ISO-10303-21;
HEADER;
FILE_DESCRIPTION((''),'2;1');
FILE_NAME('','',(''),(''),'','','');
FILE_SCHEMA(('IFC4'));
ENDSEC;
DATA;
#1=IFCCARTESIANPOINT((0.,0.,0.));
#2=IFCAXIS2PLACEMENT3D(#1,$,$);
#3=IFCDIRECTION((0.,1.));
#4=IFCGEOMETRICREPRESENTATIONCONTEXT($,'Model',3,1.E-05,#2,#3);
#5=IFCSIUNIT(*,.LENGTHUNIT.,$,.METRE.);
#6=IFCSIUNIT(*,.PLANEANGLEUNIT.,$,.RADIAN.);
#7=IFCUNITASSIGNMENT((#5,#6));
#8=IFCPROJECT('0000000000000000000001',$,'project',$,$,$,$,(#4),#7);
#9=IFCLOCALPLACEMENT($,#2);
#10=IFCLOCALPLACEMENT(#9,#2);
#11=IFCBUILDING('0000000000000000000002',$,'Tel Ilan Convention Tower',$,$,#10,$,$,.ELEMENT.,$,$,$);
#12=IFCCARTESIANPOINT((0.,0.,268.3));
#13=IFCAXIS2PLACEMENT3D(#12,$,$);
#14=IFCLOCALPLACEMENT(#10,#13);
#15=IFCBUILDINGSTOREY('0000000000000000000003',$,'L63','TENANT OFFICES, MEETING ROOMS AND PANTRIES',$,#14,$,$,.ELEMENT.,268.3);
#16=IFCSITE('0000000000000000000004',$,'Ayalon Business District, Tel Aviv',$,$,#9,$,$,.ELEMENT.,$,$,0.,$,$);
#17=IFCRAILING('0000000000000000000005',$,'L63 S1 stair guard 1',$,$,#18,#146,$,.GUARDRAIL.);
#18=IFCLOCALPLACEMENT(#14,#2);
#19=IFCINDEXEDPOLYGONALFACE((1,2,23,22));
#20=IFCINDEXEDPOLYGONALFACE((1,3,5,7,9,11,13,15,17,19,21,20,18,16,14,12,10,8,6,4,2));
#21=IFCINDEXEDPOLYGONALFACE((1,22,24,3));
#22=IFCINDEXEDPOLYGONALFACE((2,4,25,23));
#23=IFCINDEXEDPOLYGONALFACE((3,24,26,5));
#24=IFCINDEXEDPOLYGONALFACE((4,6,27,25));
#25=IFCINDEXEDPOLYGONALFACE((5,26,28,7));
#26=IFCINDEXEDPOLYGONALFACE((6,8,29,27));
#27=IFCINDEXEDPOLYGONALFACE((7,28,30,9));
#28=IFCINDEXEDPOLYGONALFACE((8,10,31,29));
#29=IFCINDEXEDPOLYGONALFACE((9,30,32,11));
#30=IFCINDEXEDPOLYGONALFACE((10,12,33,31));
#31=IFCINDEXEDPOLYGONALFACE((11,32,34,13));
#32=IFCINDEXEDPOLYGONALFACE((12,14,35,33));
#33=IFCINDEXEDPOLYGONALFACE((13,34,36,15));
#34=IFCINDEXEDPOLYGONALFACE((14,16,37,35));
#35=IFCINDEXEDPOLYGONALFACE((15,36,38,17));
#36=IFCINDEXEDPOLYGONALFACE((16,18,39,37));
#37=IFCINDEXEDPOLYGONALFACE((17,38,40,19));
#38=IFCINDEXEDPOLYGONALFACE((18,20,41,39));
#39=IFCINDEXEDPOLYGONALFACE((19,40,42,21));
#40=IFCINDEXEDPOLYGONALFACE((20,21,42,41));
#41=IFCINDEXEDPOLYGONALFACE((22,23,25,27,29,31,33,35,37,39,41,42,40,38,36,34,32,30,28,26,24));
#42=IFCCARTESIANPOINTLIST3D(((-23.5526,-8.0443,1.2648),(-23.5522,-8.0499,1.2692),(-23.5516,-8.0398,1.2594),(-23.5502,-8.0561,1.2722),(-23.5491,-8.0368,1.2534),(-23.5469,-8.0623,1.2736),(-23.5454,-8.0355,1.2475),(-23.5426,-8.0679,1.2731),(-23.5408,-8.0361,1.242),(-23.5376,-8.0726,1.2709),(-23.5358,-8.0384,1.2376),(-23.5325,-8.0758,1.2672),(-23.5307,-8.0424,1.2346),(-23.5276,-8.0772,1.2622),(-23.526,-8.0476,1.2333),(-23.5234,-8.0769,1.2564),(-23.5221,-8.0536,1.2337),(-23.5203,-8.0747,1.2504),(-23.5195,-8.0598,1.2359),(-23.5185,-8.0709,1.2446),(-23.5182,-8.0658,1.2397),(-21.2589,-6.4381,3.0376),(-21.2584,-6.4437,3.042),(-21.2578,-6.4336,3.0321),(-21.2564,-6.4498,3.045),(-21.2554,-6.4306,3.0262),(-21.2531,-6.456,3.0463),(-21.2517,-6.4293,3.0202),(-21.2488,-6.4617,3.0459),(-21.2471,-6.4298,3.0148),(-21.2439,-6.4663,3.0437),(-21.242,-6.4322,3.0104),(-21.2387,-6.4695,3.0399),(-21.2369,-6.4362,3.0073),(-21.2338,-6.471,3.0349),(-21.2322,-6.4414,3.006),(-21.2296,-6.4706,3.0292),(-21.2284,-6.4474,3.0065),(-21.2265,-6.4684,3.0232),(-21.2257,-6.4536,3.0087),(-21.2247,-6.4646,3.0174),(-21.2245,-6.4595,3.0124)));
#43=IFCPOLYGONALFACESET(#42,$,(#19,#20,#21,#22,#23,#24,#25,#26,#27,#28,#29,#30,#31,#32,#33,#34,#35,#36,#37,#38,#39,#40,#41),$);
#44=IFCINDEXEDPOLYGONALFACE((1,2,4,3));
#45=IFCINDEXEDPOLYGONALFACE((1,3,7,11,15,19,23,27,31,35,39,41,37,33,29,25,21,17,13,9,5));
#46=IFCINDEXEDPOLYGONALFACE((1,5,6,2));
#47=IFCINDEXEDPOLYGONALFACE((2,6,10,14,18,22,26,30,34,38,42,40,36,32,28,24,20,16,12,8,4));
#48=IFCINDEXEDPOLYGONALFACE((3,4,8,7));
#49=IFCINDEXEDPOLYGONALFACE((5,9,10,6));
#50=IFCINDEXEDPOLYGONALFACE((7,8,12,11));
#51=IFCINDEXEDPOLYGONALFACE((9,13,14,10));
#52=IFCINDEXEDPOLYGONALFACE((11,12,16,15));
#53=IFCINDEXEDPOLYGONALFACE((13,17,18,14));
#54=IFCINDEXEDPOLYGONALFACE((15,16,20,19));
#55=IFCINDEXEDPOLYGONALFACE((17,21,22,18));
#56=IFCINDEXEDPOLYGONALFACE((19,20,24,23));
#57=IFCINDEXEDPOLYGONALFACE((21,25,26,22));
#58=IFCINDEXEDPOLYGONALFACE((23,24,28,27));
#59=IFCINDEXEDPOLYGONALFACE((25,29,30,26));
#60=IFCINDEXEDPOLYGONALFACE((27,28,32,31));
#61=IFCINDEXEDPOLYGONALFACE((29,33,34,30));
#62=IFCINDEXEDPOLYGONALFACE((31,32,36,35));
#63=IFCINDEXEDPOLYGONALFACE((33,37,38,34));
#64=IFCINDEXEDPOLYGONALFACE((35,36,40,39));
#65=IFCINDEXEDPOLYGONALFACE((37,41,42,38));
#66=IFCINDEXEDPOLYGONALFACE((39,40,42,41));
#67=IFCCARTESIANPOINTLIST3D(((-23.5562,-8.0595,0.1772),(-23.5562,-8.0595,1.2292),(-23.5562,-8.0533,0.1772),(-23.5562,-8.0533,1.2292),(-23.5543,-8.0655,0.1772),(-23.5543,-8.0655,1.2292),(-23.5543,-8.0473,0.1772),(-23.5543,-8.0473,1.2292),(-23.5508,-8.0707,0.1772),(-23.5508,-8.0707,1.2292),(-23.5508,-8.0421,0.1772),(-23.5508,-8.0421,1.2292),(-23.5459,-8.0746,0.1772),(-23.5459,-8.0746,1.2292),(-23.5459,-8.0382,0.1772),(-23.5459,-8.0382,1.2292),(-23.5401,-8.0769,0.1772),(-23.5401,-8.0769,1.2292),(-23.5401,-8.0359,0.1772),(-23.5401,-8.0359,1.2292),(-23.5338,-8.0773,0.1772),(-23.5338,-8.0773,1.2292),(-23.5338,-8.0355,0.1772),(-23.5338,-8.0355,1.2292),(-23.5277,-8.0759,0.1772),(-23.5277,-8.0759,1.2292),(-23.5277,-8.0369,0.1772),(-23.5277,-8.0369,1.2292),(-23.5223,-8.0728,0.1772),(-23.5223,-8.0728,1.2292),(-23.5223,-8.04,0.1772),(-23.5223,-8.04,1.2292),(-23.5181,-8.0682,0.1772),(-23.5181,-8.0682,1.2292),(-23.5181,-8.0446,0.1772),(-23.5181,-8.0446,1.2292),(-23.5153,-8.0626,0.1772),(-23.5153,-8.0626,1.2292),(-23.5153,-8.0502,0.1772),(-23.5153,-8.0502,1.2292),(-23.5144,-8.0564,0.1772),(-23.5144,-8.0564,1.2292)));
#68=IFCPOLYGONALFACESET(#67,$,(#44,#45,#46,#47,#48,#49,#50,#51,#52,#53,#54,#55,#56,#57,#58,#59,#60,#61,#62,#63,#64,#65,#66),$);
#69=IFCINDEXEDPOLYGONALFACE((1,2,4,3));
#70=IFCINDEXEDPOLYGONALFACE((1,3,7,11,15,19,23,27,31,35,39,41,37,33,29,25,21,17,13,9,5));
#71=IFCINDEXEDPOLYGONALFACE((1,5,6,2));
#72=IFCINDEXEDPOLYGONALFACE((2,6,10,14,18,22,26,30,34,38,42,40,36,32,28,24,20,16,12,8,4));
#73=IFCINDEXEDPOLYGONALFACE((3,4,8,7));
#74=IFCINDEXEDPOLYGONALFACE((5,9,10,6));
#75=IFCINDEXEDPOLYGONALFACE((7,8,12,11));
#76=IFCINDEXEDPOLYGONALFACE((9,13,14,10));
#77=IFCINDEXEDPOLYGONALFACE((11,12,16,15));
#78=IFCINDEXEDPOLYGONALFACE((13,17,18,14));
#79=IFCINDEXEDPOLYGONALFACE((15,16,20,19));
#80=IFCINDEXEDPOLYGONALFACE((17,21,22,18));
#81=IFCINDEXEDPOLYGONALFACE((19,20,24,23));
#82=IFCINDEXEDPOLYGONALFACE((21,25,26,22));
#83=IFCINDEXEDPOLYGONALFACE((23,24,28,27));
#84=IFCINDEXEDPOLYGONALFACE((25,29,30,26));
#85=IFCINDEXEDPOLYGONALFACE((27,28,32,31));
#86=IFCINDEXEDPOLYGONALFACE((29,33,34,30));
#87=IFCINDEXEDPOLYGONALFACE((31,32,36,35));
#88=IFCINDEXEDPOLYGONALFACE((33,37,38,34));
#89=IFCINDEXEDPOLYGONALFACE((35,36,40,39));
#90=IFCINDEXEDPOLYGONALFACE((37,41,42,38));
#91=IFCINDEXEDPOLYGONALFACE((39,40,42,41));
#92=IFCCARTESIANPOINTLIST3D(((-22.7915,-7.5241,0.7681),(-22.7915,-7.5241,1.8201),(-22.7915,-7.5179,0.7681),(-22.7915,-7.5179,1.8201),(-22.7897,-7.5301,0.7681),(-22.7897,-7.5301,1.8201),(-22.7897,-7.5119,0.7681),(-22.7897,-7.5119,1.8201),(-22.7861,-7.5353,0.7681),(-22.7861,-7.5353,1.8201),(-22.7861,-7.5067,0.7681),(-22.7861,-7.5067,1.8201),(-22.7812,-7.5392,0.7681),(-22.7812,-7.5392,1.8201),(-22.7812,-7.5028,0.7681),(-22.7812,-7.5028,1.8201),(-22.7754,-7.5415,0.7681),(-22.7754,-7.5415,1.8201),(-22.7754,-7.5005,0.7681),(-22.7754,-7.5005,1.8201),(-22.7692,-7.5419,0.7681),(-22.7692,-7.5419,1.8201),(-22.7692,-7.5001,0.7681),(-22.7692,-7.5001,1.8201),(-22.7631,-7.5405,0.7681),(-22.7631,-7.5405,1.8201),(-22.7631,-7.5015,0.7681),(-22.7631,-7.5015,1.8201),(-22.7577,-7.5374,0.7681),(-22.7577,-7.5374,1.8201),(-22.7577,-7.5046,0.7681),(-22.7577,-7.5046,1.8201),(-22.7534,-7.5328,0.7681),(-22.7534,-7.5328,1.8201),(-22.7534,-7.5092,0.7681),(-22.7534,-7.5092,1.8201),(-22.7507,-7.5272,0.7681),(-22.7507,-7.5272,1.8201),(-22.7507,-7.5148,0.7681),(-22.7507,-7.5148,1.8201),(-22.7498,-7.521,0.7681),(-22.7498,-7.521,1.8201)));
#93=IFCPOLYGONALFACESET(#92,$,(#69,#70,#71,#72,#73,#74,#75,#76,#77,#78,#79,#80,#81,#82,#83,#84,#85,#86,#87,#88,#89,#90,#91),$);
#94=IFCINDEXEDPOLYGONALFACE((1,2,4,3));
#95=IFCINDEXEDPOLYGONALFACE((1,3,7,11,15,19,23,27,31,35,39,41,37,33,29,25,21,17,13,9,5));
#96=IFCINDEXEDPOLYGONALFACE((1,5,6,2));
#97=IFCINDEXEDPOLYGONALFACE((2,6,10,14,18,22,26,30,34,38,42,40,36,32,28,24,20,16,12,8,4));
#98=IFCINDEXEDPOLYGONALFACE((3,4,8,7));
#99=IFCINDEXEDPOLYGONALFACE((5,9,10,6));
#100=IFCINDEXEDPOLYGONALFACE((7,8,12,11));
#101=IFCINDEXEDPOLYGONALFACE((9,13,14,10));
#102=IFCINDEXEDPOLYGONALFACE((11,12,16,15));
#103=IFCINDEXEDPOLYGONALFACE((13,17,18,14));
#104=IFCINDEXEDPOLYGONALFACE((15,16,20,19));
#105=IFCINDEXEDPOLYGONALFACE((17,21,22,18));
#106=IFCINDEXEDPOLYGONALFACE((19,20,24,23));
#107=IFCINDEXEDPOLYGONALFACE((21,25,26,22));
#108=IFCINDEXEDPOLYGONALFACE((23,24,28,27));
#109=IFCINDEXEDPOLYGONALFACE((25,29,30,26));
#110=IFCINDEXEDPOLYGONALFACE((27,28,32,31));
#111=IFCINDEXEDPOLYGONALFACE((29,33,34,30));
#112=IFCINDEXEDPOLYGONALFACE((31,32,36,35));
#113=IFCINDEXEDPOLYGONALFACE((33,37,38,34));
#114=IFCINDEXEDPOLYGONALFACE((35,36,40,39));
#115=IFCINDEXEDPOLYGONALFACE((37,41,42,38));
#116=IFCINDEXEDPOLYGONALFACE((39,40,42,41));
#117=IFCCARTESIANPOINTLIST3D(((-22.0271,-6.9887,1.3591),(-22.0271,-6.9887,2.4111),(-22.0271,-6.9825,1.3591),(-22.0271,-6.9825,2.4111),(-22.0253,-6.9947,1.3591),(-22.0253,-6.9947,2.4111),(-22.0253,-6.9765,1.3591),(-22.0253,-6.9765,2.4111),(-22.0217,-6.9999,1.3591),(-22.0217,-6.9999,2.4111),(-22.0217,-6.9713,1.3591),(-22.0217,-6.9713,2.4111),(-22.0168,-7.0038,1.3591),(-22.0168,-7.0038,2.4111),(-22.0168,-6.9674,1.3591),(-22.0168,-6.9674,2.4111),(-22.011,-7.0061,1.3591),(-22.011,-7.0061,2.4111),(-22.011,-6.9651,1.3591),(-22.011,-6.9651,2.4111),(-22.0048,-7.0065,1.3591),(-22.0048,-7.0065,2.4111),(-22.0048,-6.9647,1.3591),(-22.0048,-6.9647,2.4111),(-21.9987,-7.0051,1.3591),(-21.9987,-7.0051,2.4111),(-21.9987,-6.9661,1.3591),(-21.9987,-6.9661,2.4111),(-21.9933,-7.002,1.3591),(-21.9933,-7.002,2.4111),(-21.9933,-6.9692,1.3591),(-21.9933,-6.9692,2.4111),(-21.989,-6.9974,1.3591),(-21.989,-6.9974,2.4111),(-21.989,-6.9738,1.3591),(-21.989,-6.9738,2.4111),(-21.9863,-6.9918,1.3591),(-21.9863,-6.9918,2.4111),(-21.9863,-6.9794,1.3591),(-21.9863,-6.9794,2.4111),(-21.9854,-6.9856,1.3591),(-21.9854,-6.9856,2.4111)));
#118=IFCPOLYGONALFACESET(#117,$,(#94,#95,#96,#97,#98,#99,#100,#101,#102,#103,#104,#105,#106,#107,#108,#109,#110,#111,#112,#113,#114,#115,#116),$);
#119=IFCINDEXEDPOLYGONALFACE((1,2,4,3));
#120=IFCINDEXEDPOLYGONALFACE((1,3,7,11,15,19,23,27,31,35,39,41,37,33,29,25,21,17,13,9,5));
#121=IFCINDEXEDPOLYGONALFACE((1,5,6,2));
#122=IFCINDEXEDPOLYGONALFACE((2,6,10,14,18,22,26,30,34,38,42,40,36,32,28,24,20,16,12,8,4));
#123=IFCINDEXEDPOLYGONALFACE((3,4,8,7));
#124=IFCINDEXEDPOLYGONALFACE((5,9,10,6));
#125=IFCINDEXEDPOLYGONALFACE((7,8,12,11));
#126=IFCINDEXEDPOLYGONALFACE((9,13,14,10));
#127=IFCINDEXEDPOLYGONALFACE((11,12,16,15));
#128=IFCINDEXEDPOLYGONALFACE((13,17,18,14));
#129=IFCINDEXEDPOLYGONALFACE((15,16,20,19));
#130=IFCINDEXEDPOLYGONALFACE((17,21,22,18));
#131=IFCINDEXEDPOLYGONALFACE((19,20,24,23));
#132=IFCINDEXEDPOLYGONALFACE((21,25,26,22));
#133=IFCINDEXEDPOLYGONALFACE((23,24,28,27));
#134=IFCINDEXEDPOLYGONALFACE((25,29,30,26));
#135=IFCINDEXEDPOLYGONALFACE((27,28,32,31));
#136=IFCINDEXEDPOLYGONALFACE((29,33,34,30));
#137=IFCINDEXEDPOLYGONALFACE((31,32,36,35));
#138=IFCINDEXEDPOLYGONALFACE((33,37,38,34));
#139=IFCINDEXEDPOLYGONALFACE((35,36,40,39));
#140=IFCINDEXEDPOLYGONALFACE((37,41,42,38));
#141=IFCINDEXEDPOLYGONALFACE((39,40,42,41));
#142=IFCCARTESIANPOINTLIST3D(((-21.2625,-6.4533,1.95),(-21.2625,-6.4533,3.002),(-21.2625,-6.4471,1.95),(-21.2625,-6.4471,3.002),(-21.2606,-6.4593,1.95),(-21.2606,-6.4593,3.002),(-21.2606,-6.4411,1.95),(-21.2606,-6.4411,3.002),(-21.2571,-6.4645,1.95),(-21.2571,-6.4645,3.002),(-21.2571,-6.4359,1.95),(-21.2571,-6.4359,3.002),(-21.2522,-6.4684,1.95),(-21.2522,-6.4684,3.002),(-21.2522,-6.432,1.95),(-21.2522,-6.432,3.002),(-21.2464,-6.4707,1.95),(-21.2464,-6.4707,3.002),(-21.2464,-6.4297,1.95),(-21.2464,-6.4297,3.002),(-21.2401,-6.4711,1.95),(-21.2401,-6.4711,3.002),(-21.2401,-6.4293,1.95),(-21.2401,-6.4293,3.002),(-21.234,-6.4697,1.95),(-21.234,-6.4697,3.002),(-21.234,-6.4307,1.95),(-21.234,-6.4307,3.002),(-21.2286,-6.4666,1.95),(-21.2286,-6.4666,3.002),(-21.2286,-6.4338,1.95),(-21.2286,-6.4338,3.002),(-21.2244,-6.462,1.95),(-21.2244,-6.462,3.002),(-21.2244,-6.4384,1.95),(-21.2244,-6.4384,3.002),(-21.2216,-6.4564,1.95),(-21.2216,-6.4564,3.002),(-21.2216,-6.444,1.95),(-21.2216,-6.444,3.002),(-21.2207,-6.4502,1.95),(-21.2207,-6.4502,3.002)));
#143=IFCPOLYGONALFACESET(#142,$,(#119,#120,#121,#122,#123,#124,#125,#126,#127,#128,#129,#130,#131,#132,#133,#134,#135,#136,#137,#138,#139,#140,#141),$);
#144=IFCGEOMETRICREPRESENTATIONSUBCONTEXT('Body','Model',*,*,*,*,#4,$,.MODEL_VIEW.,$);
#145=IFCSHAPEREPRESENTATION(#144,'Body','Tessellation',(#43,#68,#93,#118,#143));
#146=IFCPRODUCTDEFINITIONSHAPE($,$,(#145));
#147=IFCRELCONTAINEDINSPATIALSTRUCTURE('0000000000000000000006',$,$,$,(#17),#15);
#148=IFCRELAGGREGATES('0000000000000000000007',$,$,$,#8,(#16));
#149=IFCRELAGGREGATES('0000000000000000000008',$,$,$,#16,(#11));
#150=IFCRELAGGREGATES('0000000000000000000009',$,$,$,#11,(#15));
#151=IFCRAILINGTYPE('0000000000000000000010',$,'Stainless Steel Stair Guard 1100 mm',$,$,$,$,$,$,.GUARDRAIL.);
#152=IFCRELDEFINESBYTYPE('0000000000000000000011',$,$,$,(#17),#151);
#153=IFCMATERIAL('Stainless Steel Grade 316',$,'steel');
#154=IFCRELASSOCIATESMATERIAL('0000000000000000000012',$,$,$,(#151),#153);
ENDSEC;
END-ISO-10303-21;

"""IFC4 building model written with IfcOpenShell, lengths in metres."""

from ifc_helpers import new_model, si_unit, direction, frame, origin, origin_2d, place, context, subcontext, project, spatial, circle, extrude, material, type_object, element, save


model = new_model("IFC4")

# Units and contexts
model_context = context("Model", 3, precision=1e-05, world=origin(), true_north=direction((0.0, 1.0)))
body_context = subcontext(model_context, "Body", "Model", "MODEL_VIEW")
ifc_project = project(units=[si_unit("LENGTHUNIT", "METRE"), si_unit("PLANEANGLEUNIT", "RADIAN")], contexts=[model_context])

# Site, building, storey
site_placement = place(None, origin())
site = spatial("IfcSite", under=ifc_project, at=site_placement, Name="Ayalon Business District, Tel Aviv", CompositionType="ELEMENT", RefElevation=0.0)
building_placement = place(site_placement, origin())
building = spatial("IfcBuilding", under=site, at=building_placement, Name="Tel Ilan Convention Tower", CompositionType="ELEMENT")
storey_placement = place(building_placement, frame((0.0, 0.0, 268.3)))
storey = spatial("IfcBuildingStorey", under=building, at=storey_placement, Name="L63", Description="TENANT OFFICES, MEETING ROOMS AND PANTRIES", CompositionType="ELEMENT", Elevation=268.3)

# Railing
ifc_material_1 = material(Name="Stainless Steel Grade 316", Category="steel")
railing_type_1 = type_object("IfcRailingType", Name="Stainless Steel Stair Guard 1100 mm", PredefinedType="GUARDRAIL", material=ifc_material_1)
railing_1_placement = place(storey_placement, frame((-23.5354, -8.0564, 0.1772)))
element("IfcRailing", 1, at=railing_1_placement, inside=storey, type_object=railing_type_1, Name="L63 S1 stair guard 1", PredefinedType="GUARDRAIL", context=body_context, shape_type="SweptSolid", body=[
    extrude(circle(Radius=0.0239, at=origin_2d()), frame((0.0, 0.0, 1.0762), z_axis=(0.692098, 0.484653, 0.534894), x_axis=(-0.573609, 0.81913, 0.0)), (0.0, 0.0, 1.0), 3.3142),
    extrude(circle(Radius=0.021, at=origin_2d()), origin(), (0.0, 0.0, 1.0), 1.052),
    extrude(circle(Radius=0.021, at=origin_2d()), frame((0.7646, 0.5354, 0.5908)), (0.0, 0.0, 1.0), 1.052),
    extrude(circle(Radius=0.021, at=origin_2d()), frame((1.5291, 1.0708, 1.1819)), (0.0, 0.0, 1.0), 1.052),
    extrude(circle(Radius=0.021, at=origin_2d()), frame((2.2937, 1.6062, 1.7727)), (0.0, 0.0, 1.0), 1.052),
])

save(model, "model.ifc")
